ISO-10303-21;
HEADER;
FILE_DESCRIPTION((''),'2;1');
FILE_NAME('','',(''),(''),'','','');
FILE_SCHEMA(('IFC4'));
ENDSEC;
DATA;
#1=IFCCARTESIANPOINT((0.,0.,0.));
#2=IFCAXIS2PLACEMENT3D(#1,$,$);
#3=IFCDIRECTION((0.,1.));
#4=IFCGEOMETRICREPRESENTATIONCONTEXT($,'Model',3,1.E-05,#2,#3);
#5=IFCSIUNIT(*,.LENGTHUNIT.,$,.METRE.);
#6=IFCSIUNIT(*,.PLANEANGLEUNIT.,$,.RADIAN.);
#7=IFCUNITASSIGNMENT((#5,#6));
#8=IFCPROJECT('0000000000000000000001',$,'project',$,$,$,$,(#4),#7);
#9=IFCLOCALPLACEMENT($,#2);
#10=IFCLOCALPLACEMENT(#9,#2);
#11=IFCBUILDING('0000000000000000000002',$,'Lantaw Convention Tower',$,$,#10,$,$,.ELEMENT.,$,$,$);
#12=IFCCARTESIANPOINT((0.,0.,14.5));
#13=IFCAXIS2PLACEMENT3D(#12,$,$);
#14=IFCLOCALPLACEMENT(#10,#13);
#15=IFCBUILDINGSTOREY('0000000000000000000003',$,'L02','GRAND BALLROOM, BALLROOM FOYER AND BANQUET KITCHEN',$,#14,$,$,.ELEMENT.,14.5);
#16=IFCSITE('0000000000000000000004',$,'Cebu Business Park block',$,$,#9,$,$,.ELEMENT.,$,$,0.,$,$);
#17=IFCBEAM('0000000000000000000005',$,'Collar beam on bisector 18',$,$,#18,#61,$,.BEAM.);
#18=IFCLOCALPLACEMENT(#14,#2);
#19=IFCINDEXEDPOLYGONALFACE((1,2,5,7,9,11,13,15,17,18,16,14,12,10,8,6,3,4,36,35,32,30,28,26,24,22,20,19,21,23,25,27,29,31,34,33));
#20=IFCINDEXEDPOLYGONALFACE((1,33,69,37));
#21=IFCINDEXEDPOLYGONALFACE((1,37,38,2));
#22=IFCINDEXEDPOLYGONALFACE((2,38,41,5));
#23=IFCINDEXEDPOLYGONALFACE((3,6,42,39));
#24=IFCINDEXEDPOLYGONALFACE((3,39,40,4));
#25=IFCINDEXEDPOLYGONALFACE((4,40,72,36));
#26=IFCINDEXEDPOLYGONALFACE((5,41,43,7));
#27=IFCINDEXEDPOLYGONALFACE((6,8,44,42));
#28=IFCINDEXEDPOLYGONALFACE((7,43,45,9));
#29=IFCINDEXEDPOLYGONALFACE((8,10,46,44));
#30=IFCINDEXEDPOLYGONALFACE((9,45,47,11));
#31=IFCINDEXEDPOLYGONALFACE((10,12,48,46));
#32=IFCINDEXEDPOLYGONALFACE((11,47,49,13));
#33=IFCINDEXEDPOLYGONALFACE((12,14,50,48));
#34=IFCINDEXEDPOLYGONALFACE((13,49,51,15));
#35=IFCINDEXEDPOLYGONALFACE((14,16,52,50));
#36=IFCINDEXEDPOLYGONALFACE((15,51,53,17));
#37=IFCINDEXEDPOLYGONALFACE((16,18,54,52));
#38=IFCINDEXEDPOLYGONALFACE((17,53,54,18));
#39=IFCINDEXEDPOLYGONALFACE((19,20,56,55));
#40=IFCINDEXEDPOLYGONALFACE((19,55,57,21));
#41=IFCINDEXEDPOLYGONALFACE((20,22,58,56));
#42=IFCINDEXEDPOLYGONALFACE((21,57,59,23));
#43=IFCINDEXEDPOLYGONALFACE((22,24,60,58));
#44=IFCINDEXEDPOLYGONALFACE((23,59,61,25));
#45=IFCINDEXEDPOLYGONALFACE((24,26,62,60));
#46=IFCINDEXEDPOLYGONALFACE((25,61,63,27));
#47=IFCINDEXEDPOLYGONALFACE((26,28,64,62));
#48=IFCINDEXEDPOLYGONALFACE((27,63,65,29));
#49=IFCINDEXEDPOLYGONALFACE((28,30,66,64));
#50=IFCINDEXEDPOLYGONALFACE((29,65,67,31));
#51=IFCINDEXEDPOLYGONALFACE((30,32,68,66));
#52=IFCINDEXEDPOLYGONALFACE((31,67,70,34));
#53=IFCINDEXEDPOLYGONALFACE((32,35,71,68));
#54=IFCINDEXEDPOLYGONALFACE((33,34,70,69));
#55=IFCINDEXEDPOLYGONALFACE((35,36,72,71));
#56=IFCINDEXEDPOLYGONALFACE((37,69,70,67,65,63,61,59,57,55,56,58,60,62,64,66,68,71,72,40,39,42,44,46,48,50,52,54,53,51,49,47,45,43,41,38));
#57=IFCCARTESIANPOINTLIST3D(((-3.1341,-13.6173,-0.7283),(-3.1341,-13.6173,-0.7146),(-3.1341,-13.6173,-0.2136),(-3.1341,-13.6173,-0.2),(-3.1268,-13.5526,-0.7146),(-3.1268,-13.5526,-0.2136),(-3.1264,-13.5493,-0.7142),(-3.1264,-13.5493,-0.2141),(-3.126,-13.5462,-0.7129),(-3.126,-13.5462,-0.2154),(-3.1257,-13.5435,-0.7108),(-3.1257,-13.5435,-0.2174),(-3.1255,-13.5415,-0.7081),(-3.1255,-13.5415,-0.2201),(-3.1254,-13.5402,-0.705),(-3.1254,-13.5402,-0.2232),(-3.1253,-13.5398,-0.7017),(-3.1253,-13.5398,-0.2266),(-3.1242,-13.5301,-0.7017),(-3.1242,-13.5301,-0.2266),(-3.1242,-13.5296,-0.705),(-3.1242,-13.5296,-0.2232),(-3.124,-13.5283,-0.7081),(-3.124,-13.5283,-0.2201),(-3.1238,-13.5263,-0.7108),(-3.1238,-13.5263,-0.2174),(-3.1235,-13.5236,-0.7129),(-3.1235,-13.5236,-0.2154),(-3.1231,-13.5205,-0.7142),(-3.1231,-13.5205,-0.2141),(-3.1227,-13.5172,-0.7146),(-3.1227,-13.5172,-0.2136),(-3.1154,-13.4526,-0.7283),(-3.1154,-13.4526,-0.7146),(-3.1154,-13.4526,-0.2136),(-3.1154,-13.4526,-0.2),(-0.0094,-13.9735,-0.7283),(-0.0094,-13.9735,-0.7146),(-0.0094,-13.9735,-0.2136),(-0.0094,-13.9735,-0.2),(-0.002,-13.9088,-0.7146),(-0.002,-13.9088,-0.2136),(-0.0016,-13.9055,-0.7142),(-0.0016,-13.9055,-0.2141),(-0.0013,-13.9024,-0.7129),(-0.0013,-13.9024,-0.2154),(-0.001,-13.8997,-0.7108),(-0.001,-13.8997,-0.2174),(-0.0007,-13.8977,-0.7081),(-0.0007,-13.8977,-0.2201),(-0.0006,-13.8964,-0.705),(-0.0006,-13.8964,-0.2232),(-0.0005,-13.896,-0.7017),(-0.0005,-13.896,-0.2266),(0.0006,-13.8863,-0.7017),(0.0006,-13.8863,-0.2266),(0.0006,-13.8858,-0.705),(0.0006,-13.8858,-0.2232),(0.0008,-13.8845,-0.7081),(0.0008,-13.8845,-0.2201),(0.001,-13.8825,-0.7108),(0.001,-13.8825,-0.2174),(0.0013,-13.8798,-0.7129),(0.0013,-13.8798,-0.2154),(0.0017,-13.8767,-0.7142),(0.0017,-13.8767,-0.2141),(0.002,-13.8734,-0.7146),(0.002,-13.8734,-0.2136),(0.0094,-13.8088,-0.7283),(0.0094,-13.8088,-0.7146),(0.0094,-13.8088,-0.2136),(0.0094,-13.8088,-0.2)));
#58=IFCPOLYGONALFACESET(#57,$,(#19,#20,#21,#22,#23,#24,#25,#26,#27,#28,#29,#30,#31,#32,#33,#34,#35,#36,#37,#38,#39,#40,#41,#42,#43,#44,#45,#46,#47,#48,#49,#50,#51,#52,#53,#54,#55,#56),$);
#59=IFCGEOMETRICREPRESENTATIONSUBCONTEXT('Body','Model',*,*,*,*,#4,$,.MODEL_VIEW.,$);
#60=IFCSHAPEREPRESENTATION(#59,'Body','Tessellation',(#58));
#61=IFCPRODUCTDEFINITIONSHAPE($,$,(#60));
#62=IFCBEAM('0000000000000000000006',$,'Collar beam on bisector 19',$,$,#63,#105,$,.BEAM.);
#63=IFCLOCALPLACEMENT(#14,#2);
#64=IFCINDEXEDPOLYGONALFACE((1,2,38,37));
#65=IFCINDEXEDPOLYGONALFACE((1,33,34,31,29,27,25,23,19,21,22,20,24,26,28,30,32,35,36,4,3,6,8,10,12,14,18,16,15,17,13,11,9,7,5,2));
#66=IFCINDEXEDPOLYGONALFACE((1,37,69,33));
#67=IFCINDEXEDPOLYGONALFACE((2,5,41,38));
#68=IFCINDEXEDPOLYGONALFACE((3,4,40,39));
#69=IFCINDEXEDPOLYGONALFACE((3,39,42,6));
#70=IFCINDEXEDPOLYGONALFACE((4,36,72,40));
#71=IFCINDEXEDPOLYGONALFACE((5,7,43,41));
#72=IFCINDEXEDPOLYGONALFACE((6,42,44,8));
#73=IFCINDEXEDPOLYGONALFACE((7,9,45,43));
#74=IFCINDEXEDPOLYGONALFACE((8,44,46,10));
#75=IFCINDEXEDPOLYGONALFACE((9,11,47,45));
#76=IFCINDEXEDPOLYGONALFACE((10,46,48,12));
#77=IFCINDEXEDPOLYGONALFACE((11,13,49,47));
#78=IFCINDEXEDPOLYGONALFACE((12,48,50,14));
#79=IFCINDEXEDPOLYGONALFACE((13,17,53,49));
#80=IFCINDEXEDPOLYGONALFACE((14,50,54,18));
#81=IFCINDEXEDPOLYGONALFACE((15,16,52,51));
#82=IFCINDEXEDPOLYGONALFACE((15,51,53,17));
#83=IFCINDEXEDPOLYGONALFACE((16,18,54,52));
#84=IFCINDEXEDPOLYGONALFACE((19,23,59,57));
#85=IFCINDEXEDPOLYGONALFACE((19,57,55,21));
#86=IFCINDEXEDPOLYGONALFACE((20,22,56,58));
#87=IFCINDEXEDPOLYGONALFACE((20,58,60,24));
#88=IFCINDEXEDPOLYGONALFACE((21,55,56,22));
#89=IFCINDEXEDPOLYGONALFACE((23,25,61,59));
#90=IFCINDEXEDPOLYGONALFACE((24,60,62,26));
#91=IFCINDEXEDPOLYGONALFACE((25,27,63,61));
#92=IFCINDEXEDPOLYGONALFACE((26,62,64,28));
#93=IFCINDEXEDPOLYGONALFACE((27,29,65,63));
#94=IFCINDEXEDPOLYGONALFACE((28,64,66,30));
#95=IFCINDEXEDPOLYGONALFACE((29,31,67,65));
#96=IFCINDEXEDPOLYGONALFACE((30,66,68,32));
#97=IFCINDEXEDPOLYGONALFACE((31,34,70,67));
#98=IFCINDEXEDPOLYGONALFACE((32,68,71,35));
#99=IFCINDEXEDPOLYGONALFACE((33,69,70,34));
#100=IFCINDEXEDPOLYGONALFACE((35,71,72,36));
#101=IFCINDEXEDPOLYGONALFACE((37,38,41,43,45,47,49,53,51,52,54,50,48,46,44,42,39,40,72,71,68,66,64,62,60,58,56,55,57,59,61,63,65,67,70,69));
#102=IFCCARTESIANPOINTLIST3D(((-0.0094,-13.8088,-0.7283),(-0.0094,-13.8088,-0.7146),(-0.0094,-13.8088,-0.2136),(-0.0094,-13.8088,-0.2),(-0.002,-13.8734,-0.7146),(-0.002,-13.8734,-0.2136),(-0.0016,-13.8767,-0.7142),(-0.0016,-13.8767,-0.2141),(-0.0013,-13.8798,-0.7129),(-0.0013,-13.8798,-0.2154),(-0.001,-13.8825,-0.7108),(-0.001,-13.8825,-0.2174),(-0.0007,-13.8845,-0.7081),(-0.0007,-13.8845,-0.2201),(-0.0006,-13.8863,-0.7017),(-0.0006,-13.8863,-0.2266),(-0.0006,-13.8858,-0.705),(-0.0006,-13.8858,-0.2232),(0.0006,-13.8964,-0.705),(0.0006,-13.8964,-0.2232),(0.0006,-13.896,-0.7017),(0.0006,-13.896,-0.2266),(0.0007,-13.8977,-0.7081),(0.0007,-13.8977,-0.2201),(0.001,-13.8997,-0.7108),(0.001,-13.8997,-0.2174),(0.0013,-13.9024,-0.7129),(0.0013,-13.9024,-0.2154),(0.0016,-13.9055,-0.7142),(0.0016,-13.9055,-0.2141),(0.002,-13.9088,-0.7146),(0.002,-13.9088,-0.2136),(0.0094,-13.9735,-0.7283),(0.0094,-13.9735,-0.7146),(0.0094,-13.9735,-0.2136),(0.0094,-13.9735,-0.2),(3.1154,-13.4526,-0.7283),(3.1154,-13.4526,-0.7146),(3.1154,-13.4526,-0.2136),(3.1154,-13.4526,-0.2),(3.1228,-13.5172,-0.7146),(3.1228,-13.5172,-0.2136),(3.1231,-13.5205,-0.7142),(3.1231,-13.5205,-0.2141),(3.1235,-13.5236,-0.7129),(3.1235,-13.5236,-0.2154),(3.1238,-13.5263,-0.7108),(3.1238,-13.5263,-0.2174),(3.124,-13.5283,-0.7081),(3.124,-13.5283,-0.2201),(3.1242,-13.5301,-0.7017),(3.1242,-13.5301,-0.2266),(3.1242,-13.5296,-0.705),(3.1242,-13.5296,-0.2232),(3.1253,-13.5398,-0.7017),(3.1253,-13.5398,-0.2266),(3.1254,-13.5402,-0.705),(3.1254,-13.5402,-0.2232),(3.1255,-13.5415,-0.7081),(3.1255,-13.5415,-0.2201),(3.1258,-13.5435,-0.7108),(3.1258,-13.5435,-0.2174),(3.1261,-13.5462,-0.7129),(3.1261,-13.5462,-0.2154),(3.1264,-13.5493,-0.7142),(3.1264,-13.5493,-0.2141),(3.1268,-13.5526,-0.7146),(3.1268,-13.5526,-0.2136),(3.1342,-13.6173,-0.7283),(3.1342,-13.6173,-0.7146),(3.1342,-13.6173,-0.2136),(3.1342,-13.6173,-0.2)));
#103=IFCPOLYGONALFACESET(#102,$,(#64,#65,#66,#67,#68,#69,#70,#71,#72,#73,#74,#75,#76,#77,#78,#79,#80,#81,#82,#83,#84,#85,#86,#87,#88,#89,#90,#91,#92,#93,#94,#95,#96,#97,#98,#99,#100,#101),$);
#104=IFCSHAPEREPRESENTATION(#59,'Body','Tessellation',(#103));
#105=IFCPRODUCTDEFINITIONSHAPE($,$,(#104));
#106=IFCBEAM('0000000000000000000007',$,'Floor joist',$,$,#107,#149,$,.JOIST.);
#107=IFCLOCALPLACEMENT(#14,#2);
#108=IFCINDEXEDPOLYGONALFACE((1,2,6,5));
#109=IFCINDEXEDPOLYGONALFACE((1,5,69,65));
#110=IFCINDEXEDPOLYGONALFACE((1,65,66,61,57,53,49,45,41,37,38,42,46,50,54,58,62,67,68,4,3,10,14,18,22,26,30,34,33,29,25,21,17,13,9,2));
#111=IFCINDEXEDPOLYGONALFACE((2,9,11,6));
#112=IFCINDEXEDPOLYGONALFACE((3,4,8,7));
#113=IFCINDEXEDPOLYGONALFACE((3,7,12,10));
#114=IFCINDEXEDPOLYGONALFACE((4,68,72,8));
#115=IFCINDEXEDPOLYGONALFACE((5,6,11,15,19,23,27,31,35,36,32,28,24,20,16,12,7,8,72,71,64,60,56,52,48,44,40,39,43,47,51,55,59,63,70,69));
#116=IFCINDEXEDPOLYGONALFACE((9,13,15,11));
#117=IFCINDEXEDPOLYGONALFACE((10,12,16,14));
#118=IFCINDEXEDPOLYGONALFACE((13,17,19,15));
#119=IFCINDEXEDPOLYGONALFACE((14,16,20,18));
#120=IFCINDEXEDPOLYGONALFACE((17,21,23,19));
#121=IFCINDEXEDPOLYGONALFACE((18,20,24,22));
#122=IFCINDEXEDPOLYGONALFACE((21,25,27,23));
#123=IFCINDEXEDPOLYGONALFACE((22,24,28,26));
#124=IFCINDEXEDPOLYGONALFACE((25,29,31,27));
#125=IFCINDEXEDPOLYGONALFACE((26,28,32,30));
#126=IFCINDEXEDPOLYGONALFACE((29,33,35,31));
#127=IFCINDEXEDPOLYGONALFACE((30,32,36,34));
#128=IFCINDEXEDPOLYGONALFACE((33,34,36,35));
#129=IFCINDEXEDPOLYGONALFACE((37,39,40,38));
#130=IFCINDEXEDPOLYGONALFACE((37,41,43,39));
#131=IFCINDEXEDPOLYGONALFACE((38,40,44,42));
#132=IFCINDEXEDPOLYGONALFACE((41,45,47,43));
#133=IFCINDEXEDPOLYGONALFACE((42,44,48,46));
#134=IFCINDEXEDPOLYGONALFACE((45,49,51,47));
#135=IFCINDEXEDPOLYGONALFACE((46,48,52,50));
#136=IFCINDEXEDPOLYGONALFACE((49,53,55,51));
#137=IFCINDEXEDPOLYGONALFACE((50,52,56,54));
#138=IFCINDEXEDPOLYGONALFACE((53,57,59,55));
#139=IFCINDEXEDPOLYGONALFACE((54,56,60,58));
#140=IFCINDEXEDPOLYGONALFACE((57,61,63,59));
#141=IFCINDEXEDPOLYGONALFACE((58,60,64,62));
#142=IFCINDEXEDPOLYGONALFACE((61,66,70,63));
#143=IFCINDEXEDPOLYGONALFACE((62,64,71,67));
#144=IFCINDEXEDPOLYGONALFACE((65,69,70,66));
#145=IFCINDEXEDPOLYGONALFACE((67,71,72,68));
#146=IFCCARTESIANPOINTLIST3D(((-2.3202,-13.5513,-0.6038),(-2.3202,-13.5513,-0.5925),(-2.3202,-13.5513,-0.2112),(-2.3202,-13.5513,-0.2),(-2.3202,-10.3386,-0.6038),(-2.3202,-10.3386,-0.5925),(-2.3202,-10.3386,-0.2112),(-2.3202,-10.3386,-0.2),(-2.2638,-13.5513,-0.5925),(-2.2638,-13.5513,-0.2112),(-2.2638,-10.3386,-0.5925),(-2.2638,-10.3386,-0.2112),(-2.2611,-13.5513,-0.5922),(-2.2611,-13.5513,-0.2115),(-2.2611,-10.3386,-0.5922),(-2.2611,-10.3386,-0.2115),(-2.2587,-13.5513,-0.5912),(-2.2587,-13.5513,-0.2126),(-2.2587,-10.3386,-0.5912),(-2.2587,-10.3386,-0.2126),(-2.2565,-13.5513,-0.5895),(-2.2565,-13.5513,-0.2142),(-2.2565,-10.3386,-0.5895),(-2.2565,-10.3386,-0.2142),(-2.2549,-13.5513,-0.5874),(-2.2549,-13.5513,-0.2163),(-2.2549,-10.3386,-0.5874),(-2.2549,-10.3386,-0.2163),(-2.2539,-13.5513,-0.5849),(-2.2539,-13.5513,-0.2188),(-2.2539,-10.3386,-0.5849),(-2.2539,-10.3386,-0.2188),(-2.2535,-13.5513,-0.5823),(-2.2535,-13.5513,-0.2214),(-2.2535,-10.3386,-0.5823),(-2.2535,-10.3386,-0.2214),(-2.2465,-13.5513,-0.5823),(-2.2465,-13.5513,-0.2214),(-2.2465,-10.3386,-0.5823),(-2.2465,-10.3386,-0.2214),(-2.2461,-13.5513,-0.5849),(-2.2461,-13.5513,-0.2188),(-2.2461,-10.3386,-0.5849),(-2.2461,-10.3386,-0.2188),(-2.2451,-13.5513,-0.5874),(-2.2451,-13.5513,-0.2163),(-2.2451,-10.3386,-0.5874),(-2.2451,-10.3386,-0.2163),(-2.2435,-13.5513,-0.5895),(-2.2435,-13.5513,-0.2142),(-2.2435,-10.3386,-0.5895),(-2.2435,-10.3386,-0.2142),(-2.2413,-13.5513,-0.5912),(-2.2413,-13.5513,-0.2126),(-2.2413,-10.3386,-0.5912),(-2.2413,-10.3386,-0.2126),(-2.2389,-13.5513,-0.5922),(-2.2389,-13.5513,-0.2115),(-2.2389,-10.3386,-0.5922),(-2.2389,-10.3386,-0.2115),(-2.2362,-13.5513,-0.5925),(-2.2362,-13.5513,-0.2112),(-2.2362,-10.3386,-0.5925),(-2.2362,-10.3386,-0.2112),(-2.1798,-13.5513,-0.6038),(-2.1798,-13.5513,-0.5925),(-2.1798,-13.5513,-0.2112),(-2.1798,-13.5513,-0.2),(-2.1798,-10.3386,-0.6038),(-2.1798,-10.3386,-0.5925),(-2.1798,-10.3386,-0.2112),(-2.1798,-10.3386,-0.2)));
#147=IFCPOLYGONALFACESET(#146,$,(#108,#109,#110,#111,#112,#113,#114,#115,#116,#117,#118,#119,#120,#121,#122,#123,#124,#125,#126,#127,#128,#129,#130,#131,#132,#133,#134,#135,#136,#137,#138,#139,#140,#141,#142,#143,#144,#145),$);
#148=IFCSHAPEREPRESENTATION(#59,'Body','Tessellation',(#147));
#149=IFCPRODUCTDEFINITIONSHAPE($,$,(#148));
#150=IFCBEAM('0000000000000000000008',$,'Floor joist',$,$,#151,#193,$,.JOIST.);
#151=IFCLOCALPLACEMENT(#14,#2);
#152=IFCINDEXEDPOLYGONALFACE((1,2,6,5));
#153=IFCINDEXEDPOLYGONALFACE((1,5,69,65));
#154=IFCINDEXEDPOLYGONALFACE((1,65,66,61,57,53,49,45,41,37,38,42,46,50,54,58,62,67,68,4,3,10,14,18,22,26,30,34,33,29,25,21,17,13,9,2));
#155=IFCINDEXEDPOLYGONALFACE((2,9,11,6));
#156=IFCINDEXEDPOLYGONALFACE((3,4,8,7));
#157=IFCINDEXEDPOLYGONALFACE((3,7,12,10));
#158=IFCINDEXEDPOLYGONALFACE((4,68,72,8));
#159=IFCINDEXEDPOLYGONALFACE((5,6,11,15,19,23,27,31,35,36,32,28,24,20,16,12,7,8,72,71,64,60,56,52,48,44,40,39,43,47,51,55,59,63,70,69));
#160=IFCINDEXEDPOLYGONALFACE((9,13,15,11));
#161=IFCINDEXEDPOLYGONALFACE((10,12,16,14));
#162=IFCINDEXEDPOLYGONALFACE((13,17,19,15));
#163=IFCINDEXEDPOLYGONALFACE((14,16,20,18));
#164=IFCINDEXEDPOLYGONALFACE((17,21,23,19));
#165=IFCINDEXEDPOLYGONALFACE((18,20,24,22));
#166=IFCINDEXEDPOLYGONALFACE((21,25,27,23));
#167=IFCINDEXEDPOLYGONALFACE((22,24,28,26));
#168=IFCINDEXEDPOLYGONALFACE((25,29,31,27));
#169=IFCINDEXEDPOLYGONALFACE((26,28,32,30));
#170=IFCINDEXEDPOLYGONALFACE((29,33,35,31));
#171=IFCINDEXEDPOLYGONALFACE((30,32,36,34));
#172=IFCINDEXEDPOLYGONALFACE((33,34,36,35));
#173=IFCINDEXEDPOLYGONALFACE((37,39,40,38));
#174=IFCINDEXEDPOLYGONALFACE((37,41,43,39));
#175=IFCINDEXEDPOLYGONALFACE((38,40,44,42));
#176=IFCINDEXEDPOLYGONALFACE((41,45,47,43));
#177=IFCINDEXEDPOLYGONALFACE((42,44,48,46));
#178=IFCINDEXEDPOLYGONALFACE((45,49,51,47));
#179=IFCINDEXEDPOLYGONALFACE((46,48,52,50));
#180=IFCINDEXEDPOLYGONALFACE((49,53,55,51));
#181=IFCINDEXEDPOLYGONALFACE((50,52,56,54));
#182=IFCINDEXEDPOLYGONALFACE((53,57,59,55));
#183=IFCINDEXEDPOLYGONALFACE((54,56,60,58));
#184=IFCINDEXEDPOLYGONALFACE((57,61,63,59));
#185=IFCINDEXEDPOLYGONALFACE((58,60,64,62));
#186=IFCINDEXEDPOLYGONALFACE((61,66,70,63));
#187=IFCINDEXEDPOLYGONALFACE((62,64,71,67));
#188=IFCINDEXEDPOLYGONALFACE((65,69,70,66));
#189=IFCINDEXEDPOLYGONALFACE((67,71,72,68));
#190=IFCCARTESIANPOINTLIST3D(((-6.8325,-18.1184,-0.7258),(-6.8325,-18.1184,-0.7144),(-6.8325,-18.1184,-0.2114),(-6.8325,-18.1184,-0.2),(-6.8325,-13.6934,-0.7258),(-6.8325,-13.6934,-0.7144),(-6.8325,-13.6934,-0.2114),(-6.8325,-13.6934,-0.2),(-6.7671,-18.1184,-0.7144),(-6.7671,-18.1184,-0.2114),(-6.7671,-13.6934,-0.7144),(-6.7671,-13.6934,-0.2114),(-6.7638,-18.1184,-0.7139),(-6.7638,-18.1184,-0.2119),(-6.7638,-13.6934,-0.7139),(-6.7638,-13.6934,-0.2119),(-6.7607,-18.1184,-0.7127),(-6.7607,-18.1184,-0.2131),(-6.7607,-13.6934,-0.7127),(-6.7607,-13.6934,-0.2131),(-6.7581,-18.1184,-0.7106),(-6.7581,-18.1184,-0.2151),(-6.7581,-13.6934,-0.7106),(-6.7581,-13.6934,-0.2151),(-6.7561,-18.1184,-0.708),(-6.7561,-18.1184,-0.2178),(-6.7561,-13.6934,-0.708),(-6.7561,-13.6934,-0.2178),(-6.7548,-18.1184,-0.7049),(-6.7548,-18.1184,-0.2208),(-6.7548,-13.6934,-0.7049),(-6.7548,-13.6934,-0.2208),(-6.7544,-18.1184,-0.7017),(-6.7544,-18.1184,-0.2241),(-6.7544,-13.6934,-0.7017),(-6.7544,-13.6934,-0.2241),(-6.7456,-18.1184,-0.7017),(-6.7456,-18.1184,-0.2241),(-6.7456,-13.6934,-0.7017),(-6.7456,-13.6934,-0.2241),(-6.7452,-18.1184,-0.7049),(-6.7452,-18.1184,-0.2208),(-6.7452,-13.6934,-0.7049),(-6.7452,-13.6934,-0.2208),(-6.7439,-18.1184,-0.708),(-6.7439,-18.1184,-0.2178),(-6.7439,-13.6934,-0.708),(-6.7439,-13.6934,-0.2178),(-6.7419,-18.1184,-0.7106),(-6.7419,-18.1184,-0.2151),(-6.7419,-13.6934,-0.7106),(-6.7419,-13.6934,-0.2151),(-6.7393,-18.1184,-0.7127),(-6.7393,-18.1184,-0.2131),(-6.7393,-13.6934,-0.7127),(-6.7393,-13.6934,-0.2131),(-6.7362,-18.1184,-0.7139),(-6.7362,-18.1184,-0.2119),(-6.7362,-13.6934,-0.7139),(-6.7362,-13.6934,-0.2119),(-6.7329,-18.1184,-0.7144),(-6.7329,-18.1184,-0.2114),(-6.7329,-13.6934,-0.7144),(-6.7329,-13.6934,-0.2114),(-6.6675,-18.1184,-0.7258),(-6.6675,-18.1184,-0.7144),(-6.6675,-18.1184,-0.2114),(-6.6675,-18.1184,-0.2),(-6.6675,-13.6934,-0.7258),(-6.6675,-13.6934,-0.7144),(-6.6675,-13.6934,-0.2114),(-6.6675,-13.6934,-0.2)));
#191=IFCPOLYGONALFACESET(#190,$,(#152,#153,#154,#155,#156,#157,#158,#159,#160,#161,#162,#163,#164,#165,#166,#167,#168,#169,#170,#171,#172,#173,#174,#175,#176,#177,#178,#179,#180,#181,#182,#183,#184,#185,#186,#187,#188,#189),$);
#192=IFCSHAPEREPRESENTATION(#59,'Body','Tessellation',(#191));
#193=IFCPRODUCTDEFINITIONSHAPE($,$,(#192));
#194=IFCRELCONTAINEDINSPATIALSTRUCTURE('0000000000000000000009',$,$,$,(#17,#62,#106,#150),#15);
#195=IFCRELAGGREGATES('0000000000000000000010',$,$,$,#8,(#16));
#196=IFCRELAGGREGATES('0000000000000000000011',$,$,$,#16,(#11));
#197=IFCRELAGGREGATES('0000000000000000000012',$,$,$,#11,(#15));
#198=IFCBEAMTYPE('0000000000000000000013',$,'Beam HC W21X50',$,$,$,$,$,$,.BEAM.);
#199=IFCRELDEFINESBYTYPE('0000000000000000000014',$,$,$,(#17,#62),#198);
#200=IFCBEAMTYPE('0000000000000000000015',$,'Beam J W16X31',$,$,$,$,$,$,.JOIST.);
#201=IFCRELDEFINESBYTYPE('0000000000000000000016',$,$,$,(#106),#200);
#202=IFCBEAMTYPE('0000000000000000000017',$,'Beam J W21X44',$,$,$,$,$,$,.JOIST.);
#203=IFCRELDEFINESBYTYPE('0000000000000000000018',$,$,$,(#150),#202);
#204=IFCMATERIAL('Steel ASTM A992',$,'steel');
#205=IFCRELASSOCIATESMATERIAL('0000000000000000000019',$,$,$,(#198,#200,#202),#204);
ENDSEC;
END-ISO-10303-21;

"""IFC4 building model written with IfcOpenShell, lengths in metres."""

from ifc_helpers import new_model, si_unit, direction, frame, origin, origin_2d, place, context, subcontext, project, spatial, i_section, extrude, material, material_profile, profile_set, type_object, element, save


model = new_model("IFC4")

# Units and contexts
model_context = context("Model", 3, precision=1e-05, world=origin(), true_north=direction((0.0, 1.0)))
body_context = subcontext(model_context, "Body", "Model", "MODEL_VIEW")
ifc_project = project(units=[si_unit("LENGTHUNIT", "METRE"), si_unit("PLANEANGLEUNIT", "RADIAN")], contexts=[model_context])

# Site, building, storey
site_placement = place(None, origin())
site = spatial("IfcSite", under=ifc_project, at=site_placement, Name="Cebu Business Park block", CompositionType="ELEMENT", RefElevation=0.0)
building_placement = place(site_placement, origin())
building = spatial("IfcBuilding", under=site, at=building_placement, Name="Lantaw Convention Tower", CompositionType="ELEMENT")
storey_placement = place(building_placement, frame((0.0, 0.0, 14.5)))
storey = spatial("IfcBuildingStorey", under=building, at=storey_placement, Name="L02", Description="GRAND BALLROOM, BALLROOM FOYER AND BANQUET KITCHEN", CompositionType="ELEMENT", Elevation=14.5)

# Beams
ifc_material_1 = material(Name="Steel ASTM A992", Category="steel")
ifc_material_profile_1 = material_profile(ifc_material_1, i_section(OverallWidth=0.1658, OverallDepth=0.5283, WebThickness=0.0098, FlangeThickness=0.0137, FilletRadius=0.0129, at=origin_2d()), Name="W21X50")
ifc_profile_set_1 = profile_set([ifc_material_profile_1], Name="Steel ASTM A992")
beam_type_1 = type_object("IfcBeamType", Name="Beam HC W21X50", PredefinedType="BEAM", material=ifc_profile_set_1)
for number, where, z_axis, x_axis, name in (
    (1, (-3.1248, -13.5349, -0.4641), (0.993565, -0.11326, 0.0), (0.11326, 0.993565, 0.0), "Collar beam on bisector 18"),
    (2, (0.0, -13.8911, -0.4641), (0.993565, 0.11326, 0.0), (-0.11326, 0.993565, 0.0), "Collar beam on bisector 19"),
):
    element("IfcBeam", number, at=place(storey_placement, frame(where, z_axis=z_axis, x_axis=x_axis)), inside=storey, type_object=beam_type_1, Name=name, PredefinedType="BEAM", context=body_context, shape_type="SweptSolid", body=[
        extrude(i_section(OverallWidth=0.1658, OverallDepth=0.5283, WebThickness=0.0098, FlangeThickness=0.0137, FilletRadius=0.0129, at=origin_2d()), origin(), (0.0, 0.0, 1.0), 3.145),
    ])
ifc_material_profile_2 = material_profile(ifc_material_1, i_section(OverallWidth=0.1404, OverallDepth=0.4038, WebThickness=0.0071, FlangeThickness=0.0112, FilletRadius=0.0103, at=origin_2d()), Name="W16X31")
ifc_profile_set_2 = profile_set([ifc_material_profile_2], Name="Steel ASTM A992")
beam_type_2 = type_object("IfcBeamType", Name="Beam J W16X31", PredefinedType="JOIST", material=ifc_profile_set_2)
beam_1_placement = place(storey_placement, frame((-2.25, -13.5513, -0.4019), z_axis=(0.0, 1.0, 0.0), x_axis=(-1.0, 0.0, 0.0)))
element("IfcBeam", 3, at=beam_1_placement, inside=storey, type_object=beam_type_2, Name="Floor joist", PredefinedType="JOIST", context=body_context, shape_type="SweptSolid", body=[
    extrude(i_section(OverallWidth=0.1404, OverallDepth=0.4038, WebThickness=0.0071, FlangeThickness=0.0112, FilletRadius=0.0103, at=origin_2d()), origin(), (0.0, 0.0, 1.0), 3.2126),
])
ifc_material_profile_3 = material_profile(ifc_material_1, i_section(OverallWidth=0.165, OverallDepth=0.5259, WebThickness=0.0088, FlangeThickness=0.0115, FilletRadius=0.0127, at=origin_2d()), Name="W21X44")
ifc_profile_set_3 = profile_set([ifc_material_profile_3], Name="Steel ASTM A992")
beam_type_3 = type_object("IfcBeamType", Name="Beam J W21X44", PredefinedType="JOIST", material=ifc_profile_set_3)
beam_2_placement = place(storey_placement, frame((-6.75, -18.1184, -0.4629), z_axis=(0.0, 1.0, 0.0), x_axis=(-1.0, 0.0, 0.0)))
element("IfcBeam", 4, at=beam_2_placement, inside=storey, type_object=beam_type_3, Name="Floor joist", PredefinedType="JOIST", context=body_context, shape_type="SweptSolid", body=[
    extrude(i_section(OverallWidth=0.165, OverallDepth=0.5259, WebThickness=0.0088, FlangeThickness=0.0115, FilletRadius=0.0127, at=origin_2d()), origin(), (0.0, 0.0, 1.0), 4.425),
])

save(model, "model.ifc")
